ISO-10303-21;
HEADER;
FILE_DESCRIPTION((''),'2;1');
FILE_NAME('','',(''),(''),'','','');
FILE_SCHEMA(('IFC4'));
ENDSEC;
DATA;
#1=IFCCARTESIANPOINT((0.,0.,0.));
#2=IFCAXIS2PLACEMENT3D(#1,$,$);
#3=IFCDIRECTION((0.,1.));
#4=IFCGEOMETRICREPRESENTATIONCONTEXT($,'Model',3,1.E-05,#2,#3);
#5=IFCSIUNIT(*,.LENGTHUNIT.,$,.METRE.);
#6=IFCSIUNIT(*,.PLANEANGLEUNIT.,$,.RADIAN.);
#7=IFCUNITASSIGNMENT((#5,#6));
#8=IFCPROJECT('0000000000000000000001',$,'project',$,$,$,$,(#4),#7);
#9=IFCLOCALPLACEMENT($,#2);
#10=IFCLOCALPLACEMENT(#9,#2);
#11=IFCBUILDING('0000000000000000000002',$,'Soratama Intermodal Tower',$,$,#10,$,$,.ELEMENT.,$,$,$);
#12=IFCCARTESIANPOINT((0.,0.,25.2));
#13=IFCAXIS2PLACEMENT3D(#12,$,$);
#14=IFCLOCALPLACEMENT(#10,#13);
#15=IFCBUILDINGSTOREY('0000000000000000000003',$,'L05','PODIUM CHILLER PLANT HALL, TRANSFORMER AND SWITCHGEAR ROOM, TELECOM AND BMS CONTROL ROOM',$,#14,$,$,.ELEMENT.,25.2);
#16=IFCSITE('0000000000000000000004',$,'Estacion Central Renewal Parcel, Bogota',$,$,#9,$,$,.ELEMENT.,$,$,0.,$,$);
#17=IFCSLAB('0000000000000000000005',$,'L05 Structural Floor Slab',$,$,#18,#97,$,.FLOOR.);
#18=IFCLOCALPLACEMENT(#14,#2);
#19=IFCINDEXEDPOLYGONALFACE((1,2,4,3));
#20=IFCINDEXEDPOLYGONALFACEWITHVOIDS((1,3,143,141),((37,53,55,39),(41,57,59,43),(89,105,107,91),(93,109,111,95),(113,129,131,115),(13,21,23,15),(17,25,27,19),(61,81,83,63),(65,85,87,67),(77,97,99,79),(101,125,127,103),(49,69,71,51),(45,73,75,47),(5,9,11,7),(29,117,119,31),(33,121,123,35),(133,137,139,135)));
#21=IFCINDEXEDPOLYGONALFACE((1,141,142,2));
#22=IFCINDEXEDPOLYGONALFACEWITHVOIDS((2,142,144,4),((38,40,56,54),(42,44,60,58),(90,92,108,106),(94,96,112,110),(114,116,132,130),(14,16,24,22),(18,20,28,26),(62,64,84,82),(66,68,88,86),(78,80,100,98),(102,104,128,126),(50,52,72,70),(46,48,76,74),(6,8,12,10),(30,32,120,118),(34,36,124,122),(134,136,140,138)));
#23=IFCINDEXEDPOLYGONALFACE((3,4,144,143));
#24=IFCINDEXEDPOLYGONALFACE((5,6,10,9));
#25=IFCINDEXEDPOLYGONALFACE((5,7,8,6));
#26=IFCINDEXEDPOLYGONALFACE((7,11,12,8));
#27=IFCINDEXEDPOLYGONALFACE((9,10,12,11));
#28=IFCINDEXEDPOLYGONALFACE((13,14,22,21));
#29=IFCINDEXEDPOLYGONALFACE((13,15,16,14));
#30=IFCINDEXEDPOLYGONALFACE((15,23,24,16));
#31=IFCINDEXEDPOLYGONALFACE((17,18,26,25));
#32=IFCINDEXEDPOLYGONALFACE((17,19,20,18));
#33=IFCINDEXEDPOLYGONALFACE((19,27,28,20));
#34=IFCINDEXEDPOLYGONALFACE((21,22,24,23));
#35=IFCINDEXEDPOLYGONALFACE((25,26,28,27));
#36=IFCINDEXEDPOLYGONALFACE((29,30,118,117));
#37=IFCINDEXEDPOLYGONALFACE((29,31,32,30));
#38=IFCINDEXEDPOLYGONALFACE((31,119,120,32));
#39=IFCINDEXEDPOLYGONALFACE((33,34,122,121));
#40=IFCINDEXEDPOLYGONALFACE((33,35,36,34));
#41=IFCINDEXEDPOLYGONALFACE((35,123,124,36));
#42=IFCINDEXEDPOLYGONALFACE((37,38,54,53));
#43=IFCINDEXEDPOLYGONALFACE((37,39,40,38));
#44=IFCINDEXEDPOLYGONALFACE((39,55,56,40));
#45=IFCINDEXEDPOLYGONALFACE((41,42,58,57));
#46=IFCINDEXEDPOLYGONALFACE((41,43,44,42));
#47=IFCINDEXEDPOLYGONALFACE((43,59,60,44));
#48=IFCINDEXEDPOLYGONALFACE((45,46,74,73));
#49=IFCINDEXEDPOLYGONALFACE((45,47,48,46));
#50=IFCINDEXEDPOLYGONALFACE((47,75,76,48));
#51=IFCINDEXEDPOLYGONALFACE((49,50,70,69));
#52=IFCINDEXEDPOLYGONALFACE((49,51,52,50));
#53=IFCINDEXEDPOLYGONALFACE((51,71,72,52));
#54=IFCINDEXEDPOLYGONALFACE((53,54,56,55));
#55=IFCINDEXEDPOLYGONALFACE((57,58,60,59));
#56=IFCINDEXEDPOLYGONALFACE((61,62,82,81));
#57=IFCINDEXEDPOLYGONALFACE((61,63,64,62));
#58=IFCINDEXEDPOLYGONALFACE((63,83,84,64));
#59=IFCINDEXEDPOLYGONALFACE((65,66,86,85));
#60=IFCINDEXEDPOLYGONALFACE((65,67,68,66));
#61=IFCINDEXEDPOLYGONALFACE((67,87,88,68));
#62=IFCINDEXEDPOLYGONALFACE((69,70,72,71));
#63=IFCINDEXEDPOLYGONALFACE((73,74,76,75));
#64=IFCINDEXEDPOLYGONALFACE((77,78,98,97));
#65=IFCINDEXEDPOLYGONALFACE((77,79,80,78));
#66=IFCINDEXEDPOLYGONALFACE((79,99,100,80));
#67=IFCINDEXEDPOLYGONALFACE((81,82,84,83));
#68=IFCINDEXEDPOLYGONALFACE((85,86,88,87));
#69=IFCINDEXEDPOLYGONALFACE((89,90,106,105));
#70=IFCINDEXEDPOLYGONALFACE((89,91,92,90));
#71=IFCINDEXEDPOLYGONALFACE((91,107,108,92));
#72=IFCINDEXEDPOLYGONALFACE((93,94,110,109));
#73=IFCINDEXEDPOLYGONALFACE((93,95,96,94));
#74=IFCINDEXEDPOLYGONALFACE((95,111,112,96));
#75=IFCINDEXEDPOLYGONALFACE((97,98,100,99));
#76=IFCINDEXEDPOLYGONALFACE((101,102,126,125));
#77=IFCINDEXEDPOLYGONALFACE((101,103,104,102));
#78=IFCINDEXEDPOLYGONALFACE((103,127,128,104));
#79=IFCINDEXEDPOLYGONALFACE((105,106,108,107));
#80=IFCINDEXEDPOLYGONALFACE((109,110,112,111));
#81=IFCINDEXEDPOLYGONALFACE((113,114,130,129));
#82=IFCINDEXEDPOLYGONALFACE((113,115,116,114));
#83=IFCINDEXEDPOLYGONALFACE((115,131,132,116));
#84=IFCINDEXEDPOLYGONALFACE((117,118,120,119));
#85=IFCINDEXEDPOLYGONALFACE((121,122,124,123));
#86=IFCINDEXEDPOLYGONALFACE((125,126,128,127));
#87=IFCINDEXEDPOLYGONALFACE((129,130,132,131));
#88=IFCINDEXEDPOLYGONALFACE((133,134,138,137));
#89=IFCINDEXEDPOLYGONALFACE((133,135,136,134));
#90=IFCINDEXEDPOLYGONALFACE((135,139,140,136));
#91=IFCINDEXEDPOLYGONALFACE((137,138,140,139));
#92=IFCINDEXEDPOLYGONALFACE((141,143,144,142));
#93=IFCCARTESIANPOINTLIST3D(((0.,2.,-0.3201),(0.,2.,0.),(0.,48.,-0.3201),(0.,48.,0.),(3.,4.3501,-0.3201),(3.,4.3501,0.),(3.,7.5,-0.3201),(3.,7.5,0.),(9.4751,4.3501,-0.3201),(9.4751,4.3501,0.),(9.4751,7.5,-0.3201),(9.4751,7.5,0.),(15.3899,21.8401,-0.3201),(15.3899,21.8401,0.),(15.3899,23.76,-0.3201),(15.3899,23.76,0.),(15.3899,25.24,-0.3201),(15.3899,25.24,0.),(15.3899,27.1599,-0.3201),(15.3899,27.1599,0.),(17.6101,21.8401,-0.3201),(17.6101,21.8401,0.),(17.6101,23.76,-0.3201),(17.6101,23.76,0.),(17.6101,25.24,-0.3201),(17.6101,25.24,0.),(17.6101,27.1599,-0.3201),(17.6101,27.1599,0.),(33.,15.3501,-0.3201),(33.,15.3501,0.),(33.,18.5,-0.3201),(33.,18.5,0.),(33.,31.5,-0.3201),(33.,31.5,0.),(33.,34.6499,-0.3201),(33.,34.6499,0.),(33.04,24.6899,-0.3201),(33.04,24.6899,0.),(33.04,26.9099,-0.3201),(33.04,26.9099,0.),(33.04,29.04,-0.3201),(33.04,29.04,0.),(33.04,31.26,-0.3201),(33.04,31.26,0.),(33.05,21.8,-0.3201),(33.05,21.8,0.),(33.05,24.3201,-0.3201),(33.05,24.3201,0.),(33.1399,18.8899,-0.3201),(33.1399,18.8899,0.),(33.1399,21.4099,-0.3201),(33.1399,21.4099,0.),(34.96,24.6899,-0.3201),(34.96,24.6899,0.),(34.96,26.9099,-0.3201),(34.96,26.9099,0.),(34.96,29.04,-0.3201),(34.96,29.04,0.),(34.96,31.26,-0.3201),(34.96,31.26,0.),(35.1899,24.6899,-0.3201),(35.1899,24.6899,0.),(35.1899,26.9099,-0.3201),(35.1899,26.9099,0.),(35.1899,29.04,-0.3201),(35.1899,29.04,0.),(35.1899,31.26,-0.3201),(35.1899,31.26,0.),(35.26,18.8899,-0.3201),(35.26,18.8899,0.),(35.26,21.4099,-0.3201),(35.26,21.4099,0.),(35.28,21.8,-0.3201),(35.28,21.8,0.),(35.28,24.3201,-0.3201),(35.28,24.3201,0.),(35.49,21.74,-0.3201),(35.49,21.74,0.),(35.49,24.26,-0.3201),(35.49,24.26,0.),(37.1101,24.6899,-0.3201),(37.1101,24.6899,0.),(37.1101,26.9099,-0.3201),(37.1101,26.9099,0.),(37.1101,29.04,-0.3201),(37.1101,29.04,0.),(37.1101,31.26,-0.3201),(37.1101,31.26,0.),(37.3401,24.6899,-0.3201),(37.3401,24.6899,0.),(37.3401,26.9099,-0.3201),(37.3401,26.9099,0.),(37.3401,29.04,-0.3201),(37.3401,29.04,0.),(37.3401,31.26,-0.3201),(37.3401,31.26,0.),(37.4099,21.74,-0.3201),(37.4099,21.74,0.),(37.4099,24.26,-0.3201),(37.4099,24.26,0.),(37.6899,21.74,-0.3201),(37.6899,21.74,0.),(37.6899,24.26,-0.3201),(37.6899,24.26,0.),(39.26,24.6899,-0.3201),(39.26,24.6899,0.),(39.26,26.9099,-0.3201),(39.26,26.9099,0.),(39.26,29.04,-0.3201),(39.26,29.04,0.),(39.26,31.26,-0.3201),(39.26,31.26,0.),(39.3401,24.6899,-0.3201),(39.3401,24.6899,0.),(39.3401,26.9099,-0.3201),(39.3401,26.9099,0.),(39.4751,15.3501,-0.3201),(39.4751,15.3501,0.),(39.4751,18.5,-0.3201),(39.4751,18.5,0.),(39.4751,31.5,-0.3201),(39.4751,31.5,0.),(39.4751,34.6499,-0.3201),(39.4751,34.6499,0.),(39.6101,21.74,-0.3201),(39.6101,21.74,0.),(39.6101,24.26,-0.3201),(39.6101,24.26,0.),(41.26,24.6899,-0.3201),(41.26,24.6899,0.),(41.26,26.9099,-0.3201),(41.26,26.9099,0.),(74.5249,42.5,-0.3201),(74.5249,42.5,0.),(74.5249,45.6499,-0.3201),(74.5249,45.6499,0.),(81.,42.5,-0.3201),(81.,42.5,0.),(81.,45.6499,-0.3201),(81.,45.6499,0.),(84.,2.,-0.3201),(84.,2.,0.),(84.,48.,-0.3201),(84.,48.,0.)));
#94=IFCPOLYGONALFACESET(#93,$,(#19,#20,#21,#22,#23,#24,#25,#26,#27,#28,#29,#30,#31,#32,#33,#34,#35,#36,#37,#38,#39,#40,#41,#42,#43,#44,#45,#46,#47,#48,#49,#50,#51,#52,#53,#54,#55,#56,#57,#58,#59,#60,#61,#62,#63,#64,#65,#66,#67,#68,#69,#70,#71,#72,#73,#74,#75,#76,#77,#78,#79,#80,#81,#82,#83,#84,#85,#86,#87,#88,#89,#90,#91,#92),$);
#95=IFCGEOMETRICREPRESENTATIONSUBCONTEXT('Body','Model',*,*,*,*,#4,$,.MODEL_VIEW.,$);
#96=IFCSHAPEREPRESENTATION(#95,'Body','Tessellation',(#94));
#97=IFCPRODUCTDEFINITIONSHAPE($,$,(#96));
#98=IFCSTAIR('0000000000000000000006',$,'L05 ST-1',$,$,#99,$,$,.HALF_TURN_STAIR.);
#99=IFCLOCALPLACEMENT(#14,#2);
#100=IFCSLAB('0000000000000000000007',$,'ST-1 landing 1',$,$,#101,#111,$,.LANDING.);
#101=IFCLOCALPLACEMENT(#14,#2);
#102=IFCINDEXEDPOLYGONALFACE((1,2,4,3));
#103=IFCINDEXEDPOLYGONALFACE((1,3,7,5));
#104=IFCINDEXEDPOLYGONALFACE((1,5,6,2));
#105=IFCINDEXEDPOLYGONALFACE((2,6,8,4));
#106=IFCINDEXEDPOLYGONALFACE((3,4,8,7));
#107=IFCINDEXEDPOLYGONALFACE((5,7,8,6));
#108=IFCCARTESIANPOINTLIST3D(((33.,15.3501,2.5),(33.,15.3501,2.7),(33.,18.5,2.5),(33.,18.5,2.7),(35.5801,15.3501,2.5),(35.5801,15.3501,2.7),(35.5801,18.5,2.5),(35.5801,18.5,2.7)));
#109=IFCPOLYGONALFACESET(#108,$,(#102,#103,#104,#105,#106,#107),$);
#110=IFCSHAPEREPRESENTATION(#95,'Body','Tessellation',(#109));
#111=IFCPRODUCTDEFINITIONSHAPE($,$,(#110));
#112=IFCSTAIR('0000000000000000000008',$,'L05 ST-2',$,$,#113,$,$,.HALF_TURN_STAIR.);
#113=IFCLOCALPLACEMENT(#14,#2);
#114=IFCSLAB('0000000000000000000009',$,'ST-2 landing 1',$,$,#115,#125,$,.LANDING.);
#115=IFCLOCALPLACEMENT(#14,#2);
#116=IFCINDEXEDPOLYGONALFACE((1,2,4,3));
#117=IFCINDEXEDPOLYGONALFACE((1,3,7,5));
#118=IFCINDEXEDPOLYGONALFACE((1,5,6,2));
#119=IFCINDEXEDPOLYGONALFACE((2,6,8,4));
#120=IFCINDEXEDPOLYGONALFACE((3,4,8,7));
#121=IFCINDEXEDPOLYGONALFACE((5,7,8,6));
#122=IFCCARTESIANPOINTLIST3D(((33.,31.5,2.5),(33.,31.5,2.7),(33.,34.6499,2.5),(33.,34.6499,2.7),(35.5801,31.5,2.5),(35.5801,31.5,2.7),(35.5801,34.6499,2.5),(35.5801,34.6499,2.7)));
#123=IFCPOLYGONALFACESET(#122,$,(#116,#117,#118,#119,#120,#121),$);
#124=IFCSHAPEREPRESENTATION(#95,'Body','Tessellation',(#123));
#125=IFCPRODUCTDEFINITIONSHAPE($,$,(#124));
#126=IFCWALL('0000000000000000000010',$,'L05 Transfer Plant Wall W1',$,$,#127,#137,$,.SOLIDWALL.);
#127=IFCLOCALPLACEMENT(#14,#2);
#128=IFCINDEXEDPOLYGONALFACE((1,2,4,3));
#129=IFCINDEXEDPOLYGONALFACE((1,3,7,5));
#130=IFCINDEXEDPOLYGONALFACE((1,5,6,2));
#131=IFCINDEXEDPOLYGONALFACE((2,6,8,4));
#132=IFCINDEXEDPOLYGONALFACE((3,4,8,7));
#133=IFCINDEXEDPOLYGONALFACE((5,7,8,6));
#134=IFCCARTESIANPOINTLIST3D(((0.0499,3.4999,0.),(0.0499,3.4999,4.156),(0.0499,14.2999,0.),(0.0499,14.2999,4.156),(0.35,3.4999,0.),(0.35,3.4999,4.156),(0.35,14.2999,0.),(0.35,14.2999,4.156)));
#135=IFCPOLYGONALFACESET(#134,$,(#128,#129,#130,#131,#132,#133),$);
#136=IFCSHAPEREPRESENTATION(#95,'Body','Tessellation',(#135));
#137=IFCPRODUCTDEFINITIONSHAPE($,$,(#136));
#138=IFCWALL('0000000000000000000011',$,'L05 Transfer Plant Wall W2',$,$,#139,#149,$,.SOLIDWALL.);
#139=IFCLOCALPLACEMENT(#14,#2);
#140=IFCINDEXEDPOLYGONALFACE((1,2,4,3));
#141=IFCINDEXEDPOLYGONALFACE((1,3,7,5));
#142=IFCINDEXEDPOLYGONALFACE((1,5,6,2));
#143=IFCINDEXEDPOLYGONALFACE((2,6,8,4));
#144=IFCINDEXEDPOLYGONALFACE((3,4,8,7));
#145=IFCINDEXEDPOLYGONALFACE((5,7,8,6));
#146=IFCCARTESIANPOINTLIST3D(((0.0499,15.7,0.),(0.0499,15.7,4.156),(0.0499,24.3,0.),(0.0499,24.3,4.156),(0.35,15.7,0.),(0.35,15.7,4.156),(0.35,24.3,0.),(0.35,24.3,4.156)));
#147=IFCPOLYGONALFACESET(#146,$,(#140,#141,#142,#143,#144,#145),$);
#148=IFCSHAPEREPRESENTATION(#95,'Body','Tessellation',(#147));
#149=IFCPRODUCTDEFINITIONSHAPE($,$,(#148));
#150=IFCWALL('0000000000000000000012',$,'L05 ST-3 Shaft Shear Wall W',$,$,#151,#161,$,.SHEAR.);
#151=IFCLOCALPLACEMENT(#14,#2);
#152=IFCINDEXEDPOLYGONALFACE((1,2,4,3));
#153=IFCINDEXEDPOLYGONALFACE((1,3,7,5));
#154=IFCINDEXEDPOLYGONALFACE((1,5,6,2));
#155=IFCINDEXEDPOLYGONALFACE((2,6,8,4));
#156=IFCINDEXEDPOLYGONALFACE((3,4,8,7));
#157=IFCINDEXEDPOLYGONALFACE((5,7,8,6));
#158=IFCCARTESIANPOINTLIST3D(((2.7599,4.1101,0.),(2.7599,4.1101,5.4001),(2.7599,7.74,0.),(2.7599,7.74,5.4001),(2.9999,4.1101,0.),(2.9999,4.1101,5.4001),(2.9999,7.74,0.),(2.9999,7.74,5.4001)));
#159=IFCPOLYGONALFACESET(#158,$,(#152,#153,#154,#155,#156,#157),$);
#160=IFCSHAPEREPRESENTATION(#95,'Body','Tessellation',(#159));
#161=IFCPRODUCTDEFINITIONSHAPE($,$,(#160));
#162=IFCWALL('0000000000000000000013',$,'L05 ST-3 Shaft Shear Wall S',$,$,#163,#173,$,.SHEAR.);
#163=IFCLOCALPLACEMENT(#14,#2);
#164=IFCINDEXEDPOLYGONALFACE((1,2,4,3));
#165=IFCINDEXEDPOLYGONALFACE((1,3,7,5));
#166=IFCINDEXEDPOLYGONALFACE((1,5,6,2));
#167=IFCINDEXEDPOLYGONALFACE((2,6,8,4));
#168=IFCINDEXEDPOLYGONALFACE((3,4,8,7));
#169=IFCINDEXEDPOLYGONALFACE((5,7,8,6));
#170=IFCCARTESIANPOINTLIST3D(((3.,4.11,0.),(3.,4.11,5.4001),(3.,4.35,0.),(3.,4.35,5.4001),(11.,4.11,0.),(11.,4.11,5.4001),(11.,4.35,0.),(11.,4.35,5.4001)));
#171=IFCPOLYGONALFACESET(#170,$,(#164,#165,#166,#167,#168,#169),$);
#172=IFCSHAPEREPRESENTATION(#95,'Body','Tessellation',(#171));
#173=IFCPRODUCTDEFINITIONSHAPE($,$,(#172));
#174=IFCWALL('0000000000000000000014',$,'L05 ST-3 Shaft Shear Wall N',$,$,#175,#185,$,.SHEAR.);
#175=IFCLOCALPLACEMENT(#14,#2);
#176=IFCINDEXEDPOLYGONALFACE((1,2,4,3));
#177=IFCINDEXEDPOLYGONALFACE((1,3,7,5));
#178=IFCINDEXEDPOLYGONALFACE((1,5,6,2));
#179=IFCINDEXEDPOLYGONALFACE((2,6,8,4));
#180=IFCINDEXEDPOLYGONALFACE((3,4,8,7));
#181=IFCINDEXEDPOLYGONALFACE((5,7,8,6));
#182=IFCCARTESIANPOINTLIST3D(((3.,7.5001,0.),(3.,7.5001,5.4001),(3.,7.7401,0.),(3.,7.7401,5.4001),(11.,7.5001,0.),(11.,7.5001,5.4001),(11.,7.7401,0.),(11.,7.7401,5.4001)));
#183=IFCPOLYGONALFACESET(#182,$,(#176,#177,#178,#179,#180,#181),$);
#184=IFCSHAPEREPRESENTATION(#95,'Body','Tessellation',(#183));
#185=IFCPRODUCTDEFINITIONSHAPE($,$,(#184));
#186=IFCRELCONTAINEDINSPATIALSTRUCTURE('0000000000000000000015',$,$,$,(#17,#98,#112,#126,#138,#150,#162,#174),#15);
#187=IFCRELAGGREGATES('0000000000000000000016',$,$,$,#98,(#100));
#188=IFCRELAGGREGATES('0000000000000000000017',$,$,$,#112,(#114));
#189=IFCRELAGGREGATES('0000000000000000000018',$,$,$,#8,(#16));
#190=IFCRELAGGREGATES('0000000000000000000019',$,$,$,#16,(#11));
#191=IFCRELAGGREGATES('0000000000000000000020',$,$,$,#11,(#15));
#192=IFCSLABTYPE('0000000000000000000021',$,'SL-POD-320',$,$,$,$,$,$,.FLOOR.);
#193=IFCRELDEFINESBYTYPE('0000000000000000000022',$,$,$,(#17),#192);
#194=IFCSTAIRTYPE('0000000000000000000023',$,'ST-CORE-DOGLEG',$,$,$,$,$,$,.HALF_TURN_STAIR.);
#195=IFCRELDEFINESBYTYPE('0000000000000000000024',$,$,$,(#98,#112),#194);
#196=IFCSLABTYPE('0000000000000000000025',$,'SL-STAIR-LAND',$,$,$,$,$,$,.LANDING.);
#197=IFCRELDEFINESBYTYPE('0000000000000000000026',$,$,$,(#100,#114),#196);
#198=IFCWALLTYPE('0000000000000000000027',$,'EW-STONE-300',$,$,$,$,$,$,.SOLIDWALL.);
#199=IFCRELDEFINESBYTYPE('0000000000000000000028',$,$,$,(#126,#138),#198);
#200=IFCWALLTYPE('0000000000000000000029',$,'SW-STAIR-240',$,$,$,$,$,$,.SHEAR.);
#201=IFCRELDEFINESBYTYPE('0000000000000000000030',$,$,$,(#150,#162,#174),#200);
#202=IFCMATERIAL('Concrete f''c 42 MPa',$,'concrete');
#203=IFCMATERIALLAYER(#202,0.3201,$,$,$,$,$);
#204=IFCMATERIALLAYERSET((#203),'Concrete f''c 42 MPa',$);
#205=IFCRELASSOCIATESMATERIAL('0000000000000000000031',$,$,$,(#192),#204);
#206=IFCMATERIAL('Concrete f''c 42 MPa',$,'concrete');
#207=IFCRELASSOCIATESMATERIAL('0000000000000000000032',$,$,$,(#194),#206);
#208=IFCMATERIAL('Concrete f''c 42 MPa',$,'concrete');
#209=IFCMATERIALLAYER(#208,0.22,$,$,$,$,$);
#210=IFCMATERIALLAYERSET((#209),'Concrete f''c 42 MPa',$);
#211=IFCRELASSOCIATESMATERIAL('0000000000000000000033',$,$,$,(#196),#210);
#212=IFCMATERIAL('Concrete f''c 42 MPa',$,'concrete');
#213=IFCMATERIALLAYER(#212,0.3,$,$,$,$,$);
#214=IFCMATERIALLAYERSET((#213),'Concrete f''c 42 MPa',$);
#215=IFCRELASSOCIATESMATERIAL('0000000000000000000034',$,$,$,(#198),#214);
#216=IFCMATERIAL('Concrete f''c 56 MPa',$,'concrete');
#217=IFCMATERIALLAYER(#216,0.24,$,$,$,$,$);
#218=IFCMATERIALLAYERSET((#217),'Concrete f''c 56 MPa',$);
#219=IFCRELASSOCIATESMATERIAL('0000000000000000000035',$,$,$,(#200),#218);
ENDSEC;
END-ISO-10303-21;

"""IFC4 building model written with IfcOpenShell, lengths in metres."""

from ifc_helpers import new_model, si_unit, direction, frame, frame_2d, origin, place, context, subcontext, project, spatial, polyline, rectangle, outline, extrude, material, layer, layer_set, type_object, element, aggregate, save


model = new_model("IFC4")

# Units and contexts
model_context = context("Model", 3, precision=1e-05, world=origin(), true_north=direction((0.0, 1.0)))
body_context = subcontext(model_context, "Body", "Model", "MODEL_VIEW")
ifc_project = project(units=[si_unit("LENGTHUNIT", "METRE"), si_unit("PLANEANGLEUNIT", "RADIAN")], contexts=[model_context])

# Site, building, storey
site_placement = place(None, origin())
site = spatial("IfcSite", under=ifc_project, at=site_placement, Name="Estacion Central Renewal Parcel, Bogota", CompositionType="ELEMENT", RefElevation=0.0)
building_placement = place(site_placement, origin())
building = spatial("IfcBuilding", under=site, at=building_placement, Name="Soratama Intermodal Tower", CompositionType="ELEMENT")
storey_placement = place(building_placement, frame((0.0, 0.0, 25.2)))
storey = spatial("IfcBuildingStorey", under=building, at=storey_placement, Name="L05", Description="PODIUM CHILLER PLANT HALL, TRANSFORMER AND SWITCHGEAR ROOM, TELECOM AND BMS CONTROL ROOM", CompositionType="ELEMENT", Elevation=25.2)

# Slab
ifc_material_1 = material(Name="Concrete f'c 42 MPa", Category="concrete")
ifc_layer_1 = layer(ifc_material_1, 0.3201)
ifc_layer_set_1 = layer_set([ifc_layer_1], Name="Concrete f'c 42 MPa")
slab_type_1 = type_object("IfcSlabType", Name="SL-POD-320", PredefinedType="FLOOR", material=ifc_layer_set_1)
slab_1_placement = place(storey_placement, frame((0.0, 0.0, -0.3201)))
element("IfcSlab", 1, at=slab_1_placement, inside=storey, type_object=slab_type_1, Name="L05 Structural Floor Slab", PredefinedType="FLOOR", context=body_context, shape_type="SweptSolid", body=[
    extrude(outline(polyline([(0.0, 2.0), (84.0, 2.0), (84.0, 48.0), (0.0, 48.0), (0.0, 2.0)]), holes=[polyline([(9.4751, 7.5), (3.0, 7.5), (3.0, 4.3501), (9.4751, 4.3501), (9.4751, 7.5)]), polyline([(35.26, 18.8899), (35.26, 21.4099), (33.1399, 21.4099), (33.1399, 18.8899), (35.26, 18.8899)]), polyline([(17.6101, 21.8401), (17.6101, 23.76), (15.3899, 23.76), (15.3899, 21.8401), (17.6101, 21.8401)]), polyline([(33.05, 21.8), (35.28, 21.8), (35.28, 24.3201), (33.05, 24.3201), (33.05, 21.8)]), polyline([(34.96, 24.6899), (34.96, 26.9099), (33.04, 26.9099), (33.04, 24.6899), (34.96, 24.6899)]), polyline([(37.1101, 24.6899), (37.1101, 26.9099), (35.1899, 26.9099), (35.1899, 24.6899), (37.1101, 24.6899)]), polyline([(17.6101, 25.24), (17.6101, 27.1599), (15.3899, 27.1599), (15.3899, 25.24), (17.6101, 25.24)]), polyline([(34.96, 29.04), (34.96, 31.26), (33.04, 31.26), (33.04, 29.04), (34.96, 29.04)]), polyline([(37.1101, 29.04), (37.1101, 31.26), (35.1899, 31.26), (35.1899, 29.04), (37.1101, 29.04)]), polyline([(39.4751, 18.5), (33.0, 18.5), (33.0, 15.3501), (39.4751, 15.3501), (39.4751, 18.5)]), polyline([(37.4099, 21.74), (37.4099, 24.26), (35.49, 24.26), (35.49, 21.74), (37.4099, 21.74)]), polyline([(39.6101, 21.74), (39.6101, 24.26), (37.6899, 24.26), (37.6899, 21.74), (39.6101, 21.74)]), polyline([(39.26, 24.6899), (39.26, 26.9099), (37.3401, 26.9099), (37.3401, 24.6899), (39.26, 24.6899)]), polyline([(41.26, 24.6899), (41.26, 26.9099), (39.3401, 26.9099), (39.3401, 24.6899), (41.26, 24.6899)]), polyline([(39.26, 29.04), (39.26, 31.26), (37.3401, 31.26), (37.3401, 29.04), (39.26, 29.04)]), polyline([(39.4751, 31.5), (39.4751, 34.6499), (33.0, 34.6499), (33.0, 31.5), (39.4751, 31.5)]), polyline([(74.5249, 45.6499), (74.5249, 42.5), (81.0, 42.5), (81.0, 45.6499), (74.5249, 45.6499)])]), origin(), (0.0, 0.0, 1.0), 0.3201),
])

# Stairs, slabs
ifc_material_2 = material(Name="Concrete f'c 42 MPa", Category="concrete")
stair_type = type_object("IfcStairType", Name="ST-CORE-DOGLEG", PredefinedType="HALF_TURN_STAIR", material=ifc_material_2)
stair_1_placement = place(storey_placement, origin())
stair_1 = element("IfcStair", 2, at=stair_1_placement, inside=storey, type_object=stair_type, Name="L05 ST-1", PredefinedType="HALF_TURN_STAIR")
ifc_material_3 = material(Name="Concrete f'c 42 MPa", Category="concrete")
ifc_layer_2 = layer(ifc_material_3, 0.22)
ifc_layer_set_2 = layer_set([ifc_layer_2], Name="Concrete f'c 42 MPa")
slab_type_2 = type_object("IfcSlabType", Name="SL-STAIR-LAND", PredefinedType="LANDING", material=ifc_layer_set_2)
slab_2_placement = place(storey_placement, frame((0.0, 0.0, 2.5)))
slab_2 = element("IfcSlab", 3, at=slab_2_placement, type_object=slab_type_2, Name="ST-1 landing 1", PredefinedType="LANDING", context=body_context, shape_type="SweptSolid", body=[
    extrude(outline(polyline([(35.5801, 18.5), (33.0, 18.5), (33.0, 15.3501), (35.5801, 15.3501), (35.5801, 18.5)])), origin(), (0.0, 0.0, 1.0), 0.2),
])
aggregate(stair_1, [slab_2])
stair_2_placement = place(storey_placement, origin())
stair_2 = element("IfcStair", 4, at=stair_2_placement, inside=storey, type_object=stair_type, Name="L05 ST-2", PredefinedType="HALF_TURN_STAIR")
slab_3_placement = place(storey_placement, frame((0.0, 0.0, 2.5)))
slab_3 = element("IfcSlab", 5, at=slab_3_placement, type_object=slab_type_2, Name="ST-2 landing 1", PredefinedType="LANDING", context=body_context, shape_type="SweptSolid", body=[
    extrude(outline(polyline([(35.5801, 34.6499), (33.0, 34.6499), (33.0, 31.5), (35.5801, 31.5), (35.5801, 34.6499)])), origin(), (0.0, 0.0, 1.0), 0.2),
])
aggregate(stair_2, [slab_3])

# Walls
ifc_material_4 = material(Name="Concrete f'c 42 MPa", Category="concrete")
ifc_layer_3 = layer(ifc_material_4, 0.3)
ifc_layer_set_3 = layer_set([ifc_layer_3], Name="Concrete f'c 42 MPa")
wall_type_1 = type_object("IfcWallType", Name="EW-STONE-300", PredefinedType="SOLIDWALL", material=ifc_layer_set_3)
wall_1_placement = place(storey_placement, frame((0.2, 3.5, 0.0), z_axis=(0.0, 0.0, 1.0), x_axis=(0.0, 1.0, 0.0)))
element("IfcWall", 6, at=wall_1_placement, inside=storey, type_object=wall_type_1, Name="L05 Transfer Plant Wall W1", PredefinedType="SOLIDWALL", context=body_context, shape_type="SweptSolid", body=[
    extrude(rectangle(XDim=10.8, YDim=0.3, at=frame_2d((5.3999, 0.0))), origin(), (0.0, 0.0, 1.0), 4.156),
])
wall_2_placement = place(storey_placement, frame((0.2, 15.7, 0.0), z_axis=(0.0, 0.0, 1.0), x_axis=(0.0, 1.0, 0.0)))
element("IfcWall", 7, at=wall_2_placement, inside=storey, type_object=wall_type_1, Name="L05 Transfer Plant Wall W2", PredefinedType="SOLIDWALL", context=body_context, shape_type="SweptSolid", body=[
    extrude(rectangle(XDim=8.6001, YDim=0.3, at=frame_2d((4.3, 0.0))), origin(), (0.0, 0.0, 1.0), 4.156),
])
ifc_material_5 = material(Name="Concrete f'c 56 MPa", Category="concrete")
ifc_layer_4 = layer(ifc_material_5, 0.24)
ifc_layer_set_4 = layer_set([ifc_layer_4], Name="Concrete f'c 56 MPa")
wall_type_2 = type_object("IfcWallType", Name="SW-STAIR-240", PredefinedType="SHEAR", material=ifc_layer_set_4)
wall_3_placement = place(storey_placement, frame((2.8799, 4.1101, 0.0), z_axis=(0.0, 0.0, 1.0), x_axis=(0.0, 1.0, 0.0)))
element("IfcWall", 8, at=wall_3_placement, inside=storey, type_object=wall_type_2, Name="L05 ST-3 Shaft Shear Wall W", PredefinedType="SHEAR", context=body_context, shape_type="SweptSolid", body=[
    extrude(rectangle(XDim=3.6299, YDim=0.24, at=frame_2d((1.8149, 0.0))), origin(), (0.0, 0.0, 1.0), 5.4001),
])
for number, where, z_axis, x_axis, name in (
    (9, (3.0, 4.23, 0.0), (0.0, 0.0, 1.0), (1.0, 0.0, 0.0), "L05 ST-3 Shaft Shear Wall S"),
    (10, (3.0, 7.6201, 0.0), (0.0, 0.0, 1.0), (1.0, 0.0, 0.0), "L05 ST-3 Shaft Shear Wall N"),
):
    element("IfcWall", number, at=place(storey_placement, frame(where, z_axis=z_axis, x_axis=x_axis)), inside=storey, type_object=wall_type_2, Name=name, PredefinedType="SHEAR", context=body_context, shape_type="SweptSolid", body=[
        extrude(rectangle(XDim=8.0, YDim=0.24, at=frame_2d((4.0, 0.0))), origin(), (0.0, 0.0, 1.0), 5.4001),
    ])

save(model, "model.ifc")
